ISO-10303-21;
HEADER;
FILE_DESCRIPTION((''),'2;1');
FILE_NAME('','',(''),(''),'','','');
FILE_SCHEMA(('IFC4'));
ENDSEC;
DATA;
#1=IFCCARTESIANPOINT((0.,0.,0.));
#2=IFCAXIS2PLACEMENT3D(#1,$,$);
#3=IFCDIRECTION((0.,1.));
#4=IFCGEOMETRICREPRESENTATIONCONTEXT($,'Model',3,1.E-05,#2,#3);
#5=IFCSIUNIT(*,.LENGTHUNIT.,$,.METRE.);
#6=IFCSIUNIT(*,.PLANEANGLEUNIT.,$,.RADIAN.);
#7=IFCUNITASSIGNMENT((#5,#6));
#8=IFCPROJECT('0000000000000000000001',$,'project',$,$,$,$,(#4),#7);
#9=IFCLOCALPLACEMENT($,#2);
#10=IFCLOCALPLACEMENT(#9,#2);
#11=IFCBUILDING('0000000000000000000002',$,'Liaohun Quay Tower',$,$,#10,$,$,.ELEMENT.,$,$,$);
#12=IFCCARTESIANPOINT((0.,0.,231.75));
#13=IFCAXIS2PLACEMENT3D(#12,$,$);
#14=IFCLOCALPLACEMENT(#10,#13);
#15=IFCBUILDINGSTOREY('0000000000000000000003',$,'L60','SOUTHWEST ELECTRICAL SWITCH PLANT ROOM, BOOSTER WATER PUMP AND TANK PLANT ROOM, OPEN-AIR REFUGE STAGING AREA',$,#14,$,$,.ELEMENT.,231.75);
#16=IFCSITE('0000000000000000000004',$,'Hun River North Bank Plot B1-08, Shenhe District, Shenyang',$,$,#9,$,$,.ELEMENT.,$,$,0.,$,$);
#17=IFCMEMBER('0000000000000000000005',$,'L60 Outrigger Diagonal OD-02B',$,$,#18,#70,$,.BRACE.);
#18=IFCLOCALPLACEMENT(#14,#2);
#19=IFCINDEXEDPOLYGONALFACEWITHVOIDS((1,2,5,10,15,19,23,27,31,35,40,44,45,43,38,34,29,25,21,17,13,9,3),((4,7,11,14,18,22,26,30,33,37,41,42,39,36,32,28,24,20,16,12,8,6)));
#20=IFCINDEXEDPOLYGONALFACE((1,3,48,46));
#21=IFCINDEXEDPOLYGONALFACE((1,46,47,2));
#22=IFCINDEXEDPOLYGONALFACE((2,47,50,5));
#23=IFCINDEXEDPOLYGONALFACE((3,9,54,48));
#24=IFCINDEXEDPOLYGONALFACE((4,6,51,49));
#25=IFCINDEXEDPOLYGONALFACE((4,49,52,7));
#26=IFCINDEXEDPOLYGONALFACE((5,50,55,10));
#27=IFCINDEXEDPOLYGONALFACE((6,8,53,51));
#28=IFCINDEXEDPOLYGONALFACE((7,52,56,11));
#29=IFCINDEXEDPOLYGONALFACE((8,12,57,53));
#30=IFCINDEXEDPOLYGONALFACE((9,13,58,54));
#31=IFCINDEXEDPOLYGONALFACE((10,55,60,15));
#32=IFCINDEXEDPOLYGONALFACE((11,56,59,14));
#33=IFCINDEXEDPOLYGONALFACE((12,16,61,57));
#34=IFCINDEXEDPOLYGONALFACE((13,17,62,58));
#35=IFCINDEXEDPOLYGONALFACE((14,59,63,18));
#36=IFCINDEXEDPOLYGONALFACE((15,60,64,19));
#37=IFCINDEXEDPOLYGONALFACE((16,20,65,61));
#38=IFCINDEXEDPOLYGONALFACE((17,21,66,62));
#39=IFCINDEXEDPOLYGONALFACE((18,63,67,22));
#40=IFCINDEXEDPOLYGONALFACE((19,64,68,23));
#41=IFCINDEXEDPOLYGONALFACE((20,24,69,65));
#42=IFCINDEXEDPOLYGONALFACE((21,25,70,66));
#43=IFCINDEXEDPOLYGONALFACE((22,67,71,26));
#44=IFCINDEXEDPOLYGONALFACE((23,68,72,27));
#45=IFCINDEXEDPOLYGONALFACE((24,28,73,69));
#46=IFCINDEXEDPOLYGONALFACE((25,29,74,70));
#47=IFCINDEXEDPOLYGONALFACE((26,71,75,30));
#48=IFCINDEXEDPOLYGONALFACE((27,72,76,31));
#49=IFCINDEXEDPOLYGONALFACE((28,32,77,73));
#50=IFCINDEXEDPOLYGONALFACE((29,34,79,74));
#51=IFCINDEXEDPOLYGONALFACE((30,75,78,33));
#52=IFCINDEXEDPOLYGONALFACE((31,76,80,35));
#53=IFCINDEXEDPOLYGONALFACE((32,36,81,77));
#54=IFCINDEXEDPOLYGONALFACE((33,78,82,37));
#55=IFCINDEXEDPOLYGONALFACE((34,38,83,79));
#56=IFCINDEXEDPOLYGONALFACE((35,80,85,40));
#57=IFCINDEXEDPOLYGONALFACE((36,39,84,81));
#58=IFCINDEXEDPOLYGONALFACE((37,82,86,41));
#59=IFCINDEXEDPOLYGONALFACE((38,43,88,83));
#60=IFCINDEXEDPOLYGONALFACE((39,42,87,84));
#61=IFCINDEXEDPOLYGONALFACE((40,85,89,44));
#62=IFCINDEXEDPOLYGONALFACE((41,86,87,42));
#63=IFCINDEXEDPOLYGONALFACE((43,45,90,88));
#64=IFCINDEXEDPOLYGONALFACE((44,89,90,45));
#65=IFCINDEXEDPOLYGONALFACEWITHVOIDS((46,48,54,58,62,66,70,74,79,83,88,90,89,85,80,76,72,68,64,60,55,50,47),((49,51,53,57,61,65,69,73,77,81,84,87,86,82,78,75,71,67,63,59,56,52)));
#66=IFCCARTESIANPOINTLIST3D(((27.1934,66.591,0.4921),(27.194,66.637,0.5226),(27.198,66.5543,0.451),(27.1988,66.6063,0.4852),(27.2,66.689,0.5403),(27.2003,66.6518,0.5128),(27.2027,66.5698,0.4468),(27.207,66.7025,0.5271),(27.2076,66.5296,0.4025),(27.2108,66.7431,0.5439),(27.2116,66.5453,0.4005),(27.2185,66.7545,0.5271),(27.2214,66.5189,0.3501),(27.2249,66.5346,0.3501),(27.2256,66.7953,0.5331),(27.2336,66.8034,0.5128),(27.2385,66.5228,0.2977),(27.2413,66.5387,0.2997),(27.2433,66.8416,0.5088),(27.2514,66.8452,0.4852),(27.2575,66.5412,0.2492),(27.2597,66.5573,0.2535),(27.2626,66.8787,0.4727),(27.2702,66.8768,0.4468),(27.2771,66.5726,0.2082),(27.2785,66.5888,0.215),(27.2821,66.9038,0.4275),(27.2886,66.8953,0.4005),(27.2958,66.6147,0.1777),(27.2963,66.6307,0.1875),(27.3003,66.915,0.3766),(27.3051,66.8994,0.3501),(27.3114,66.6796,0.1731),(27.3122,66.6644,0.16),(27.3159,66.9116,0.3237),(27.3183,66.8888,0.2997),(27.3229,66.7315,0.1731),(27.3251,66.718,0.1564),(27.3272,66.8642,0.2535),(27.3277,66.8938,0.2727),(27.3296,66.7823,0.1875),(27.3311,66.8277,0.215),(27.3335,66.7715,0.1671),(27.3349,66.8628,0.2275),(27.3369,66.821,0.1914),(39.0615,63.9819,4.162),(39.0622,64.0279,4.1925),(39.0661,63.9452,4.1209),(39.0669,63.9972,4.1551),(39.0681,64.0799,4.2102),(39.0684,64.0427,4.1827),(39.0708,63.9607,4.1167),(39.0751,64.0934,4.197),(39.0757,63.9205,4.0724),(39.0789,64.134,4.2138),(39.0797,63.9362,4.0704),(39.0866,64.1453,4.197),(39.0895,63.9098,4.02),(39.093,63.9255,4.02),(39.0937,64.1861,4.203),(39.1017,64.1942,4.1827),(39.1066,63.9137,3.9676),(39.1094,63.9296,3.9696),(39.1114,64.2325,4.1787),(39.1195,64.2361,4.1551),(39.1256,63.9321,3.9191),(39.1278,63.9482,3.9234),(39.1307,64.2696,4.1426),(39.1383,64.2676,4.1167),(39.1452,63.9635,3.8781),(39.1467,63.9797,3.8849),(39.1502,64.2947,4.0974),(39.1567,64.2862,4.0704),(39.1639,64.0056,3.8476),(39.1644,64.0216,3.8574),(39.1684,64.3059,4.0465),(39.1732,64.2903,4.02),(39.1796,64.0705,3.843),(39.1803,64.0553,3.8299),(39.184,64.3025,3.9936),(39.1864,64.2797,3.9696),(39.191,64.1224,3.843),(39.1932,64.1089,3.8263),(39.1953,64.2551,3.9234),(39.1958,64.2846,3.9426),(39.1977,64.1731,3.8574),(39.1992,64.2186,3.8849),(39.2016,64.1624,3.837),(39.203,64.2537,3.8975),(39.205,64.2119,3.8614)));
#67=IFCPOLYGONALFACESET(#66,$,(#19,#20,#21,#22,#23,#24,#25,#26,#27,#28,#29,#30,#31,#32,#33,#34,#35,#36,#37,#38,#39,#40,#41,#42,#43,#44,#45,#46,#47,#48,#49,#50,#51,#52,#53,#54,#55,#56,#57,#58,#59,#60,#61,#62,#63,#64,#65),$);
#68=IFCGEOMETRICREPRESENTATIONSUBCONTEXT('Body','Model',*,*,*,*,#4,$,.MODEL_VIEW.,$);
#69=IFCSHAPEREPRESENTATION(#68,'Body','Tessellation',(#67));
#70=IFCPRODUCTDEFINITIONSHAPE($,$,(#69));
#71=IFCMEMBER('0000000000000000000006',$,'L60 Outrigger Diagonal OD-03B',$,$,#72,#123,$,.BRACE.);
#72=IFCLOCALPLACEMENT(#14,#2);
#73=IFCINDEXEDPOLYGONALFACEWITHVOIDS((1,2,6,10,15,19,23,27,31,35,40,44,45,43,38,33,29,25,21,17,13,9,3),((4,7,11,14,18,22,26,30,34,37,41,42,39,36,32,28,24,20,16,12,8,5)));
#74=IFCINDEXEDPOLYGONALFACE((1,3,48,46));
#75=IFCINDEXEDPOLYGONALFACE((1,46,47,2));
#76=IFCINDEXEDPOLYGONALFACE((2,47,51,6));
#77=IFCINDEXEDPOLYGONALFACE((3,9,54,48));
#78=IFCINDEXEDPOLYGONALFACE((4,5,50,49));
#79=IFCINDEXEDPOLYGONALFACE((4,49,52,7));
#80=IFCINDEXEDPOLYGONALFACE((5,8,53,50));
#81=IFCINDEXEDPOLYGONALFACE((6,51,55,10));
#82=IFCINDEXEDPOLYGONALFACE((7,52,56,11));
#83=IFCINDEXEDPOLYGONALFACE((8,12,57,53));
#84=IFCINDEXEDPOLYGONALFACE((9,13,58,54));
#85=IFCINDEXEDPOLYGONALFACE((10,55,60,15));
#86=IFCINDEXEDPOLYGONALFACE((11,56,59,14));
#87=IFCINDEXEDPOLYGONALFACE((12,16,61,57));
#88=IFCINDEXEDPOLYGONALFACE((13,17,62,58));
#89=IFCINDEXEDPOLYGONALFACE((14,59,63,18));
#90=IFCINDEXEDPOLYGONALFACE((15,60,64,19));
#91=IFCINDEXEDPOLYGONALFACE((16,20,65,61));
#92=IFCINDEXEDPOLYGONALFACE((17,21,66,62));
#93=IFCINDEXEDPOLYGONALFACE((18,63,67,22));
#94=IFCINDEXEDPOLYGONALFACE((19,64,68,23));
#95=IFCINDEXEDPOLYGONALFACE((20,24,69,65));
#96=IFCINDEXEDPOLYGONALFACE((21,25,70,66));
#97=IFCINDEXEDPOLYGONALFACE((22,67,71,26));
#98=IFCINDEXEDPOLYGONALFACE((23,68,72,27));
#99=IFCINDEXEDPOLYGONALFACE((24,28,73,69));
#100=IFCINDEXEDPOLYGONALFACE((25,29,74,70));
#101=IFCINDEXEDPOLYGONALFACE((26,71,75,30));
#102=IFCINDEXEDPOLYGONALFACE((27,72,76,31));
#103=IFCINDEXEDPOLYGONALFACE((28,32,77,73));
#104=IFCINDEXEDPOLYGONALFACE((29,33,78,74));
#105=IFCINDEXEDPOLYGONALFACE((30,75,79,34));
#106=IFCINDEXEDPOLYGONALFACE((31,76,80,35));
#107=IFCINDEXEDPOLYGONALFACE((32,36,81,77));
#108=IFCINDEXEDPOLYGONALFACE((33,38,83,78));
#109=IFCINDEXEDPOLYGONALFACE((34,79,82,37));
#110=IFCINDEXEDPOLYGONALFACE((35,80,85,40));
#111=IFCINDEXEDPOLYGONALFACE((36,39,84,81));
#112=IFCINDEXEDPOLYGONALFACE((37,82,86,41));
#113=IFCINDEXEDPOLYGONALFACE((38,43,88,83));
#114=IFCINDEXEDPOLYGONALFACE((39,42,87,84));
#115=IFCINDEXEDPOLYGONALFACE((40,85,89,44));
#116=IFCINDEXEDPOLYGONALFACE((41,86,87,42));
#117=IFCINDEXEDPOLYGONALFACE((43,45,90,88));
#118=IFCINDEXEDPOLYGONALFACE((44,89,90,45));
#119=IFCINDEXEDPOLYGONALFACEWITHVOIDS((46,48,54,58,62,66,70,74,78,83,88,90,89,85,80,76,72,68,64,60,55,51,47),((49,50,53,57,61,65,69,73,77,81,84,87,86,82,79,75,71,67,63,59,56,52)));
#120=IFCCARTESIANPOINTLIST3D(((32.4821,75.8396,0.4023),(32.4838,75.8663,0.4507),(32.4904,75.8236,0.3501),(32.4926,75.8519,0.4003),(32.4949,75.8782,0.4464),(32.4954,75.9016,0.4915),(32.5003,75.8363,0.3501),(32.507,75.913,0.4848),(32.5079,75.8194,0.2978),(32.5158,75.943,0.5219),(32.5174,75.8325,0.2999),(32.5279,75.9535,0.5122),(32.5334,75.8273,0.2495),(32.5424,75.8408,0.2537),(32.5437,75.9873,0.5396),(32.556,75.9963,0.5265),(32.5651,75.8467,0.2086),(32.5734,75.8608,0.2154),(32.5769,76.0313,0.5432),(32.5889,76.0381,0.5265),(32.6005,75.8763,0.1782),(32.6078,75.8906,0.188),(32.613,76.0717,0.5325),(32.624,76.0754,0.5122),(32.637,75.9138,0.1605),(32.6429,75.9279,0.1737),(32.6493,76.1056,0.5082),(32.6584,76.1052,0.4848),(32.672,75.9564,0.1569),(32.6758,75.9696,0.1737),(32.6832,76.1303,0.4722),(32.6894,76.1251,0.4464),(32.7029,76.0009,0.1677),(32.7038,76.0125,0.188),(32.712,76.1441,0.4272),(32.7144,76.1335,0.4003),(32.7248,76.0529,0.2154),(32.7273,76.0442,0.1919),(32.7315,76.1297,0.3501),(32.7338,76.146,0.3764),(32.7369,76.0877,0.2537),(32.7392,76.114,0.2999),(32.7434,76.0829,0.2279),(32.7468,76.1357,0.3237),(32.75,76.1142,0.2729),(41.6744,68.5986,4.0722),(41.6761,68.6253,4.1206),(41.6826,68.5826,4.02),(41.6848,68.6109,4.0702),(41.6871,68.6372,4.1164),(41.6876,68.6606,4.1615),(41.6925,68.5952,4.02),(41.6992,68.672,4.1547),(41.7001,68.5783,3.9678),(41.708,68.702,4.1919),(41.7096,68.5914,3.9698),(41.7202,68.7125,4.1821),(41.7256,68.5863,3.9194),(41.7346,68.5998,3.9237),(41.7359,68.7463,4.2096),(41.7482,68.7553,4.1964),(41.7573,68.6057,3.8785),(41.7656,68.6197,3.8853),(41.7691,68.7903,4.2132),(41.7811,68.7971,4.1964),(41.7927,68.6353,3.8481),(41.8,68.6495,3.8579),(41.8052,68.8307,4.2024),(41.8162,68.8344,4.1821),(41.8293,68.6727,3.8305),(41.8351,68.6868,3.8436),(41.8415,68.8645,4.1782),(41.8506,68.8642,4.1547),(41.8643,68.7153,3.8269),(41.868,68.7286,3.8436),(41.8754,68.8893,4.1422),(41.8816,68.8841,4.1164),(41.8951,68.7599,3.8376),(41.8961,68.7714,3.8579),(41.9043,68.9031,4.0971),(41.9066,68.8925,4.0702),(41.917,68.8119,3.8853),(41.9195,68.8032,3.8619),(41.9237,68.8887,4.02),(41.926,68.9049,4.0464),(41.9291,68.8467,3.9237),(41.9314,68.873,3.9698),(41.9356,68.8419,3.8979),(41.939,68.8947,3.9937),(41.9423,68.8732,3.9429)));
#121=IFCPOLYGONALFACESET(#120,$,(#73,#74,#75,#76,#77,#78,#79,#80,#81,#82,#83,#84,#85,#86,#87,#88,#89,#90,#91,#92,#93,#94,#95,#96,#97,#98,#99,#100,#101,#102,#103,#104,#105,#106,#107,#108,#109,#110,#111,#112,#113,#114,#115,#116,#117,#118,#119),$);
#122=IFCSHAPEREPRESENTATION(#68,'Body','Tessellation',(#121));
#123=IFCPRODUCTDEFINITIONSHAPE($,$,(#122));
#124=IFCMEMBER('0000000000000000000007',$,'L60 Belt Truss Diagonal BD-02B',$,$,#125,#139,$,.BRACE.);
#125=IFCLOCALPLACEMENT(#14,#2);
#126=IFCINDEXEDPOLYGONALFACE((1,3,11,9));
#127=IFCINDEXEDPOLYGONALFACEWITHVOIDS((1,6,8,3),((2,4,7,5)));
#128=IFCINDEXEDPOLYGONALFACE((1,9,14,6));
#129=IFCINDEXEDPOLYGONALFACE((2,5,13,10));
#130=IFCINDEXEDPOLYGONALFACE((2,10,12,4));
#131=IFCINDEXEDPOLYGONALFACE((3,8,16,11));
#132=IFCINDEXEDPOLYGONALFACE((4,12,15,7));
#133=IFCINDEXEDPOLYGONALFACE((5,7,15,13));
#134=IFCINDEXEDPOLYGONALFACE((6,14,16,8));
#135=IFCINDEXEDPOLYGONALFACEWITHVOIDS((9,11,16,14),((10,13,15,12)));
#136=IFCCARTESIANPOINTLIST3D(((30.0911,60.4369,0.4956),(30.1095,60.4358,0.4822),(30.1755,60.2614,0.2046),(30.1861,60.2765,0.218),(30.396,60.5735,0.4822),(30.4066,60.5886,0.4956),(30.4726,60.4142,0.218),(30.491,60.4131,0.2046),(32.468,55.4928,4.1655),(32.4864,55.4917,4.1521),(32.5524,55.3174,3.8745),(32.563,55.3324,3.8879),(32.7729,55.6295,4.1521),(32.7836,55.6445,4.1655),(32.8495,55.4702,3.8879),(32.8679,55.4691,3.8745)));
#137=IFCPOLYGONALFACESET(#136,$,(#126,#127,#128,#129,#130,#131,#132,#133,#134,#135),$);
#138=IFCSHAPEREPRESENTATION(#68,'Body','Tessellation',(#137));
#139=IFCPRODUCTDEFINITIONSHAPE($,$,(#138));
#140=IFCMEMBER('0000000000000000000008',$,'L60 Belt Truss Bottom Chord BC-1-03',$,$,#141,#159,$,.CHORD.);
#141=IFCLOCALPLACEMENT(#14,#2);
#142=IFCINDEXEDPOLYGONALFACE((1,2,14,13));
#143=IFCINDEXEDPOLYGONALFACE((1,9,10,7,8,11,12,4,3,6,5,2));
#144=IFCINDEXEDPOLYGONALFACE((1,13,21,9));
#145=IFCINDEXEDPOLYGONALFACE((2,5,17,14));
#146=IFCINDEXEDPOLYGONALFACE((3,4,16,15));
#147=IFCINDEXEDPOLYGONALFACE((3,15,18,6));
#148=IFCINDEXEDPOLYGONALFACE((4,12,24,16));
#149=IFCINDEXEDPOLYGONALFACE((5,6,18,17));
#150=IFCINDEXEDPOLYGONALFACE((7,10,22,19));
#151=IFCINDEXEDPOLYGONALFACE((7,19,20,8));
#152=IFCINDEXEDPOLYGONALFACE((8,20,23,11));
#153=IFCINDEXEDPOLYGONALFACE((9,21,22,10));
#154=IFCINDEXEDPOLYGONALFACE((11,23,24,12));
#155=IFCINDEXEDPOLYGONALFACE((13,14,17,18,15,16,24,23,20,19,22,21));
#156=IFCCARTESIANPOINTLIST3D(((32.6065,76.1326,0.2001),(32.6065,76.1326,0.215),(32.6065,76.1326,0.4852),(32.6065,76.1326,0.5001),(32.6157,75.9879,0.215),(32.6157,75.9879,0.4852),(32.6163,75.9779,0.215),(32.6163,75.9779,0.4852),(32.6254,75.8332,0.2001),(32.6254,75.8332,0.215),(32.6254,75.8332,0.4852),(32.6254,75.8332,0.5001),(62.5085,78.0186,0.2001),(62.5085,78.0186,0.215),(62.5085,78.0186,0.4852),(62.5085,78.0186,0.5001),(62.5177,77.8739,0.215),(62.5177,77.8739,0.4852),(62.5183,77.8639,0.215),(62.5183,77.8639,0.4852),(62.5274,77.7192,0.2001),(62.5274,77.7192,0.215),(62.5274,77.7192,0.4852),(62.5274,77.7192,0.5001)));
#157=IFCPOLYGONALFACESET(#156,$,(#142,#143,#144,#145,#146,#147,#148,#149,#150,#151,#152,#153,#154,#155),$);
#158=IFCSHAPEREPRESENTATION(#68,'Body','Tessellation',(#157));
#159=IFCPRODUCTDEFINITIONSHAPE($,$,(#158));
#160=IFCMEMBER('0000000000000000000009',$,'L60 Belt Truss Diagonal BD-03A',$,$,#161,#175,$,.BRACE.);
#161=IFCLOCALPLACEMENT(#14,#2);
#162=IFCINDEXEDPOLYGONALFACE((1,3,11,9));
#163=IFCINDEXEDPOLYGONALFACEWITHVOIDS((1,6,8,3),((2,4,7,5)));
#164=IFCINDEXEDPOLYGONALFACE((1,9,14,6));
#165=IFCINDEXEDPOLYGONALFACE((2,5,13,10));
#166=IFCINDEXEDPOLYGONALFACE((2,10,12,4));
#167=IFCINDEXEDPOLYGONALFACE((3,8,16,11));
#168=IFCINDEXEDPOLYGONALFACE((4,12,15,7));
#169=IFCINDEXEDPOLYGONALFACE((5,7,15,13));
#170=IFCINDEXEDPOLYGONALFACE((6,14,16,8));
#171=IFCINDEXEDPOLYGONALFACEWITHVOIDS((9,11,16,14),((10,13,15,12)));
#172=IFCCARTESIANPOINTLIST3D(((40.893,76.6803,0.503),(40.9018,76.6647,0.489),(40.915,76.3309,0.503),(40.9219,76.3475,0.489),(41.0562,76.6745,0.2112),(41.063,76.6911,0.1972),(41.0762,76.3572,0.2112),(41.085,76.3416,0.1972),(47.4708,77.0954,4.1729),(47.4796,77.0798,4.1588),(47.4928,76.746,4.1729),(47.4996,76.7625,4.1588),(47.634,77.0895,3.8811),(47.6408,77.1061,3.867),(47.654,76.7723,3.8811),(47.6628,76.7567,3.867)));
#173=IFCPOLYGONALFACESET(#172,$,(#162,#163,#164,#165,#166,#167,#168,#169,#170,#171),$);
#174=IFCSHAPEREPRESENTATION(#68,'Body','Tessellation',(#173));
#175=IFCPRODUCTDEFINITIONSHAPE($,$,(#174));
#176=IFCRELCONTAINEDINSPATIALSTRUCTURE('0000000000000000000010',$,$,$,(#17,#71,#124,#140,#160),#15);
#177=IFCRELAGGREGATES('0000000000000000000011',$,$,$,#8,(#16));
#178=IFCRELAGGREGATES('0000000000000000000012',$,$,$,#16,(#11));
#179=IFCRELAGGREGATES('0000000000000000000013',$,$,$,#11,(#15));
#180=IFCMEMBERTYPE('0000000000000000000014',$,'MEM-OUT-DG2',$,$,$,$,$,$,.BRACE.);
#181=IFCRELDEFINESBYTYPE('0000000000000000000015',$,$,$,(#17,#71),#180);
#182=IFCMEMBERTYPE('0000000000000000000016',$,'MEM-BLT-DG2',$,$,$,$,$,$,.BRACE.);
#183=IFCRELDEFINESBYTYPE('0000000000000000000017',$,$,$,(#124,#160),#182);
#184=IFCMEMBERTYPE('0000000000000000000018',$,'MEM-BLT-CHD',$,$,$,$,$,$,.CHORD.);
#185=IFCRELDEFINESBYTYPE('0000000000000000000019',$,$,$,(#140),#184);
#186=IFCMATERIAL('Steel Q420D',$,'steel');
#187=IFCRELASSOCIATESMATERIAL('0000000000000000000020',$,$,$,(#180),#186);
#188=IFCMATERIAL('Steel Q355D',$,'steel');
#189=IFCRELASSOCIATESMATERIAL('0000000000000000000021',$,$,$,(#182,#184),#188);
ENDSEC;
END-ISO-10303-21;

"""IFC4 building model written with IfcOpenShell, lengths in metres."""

from ifc_helpers import new_model, si_unit, direction, frame, origin, origin_2d, place, context, subcontext, project, spatial, hollow_rectangle, hollow_circle, i_section, extrude, source, transform, mapped, material, material_profile, profile_set, type_object, element, save


model = new_model("IFC4")

# Units and contexts
model_context = context("Model", 3, precision=1e-05, world=origin(), true_north=direction((0.0, 1.0)))
body_context = subcontext(model_context, "Body", "Model", "MODEL_VIEW")
ifc_project = project(units=[si_unit("LENGTHUNIT", "METRE"), si_unit("PLANEANGLEUNIT", "RADIAN")], contexts=[model_context])

# Site, building, storey
site_placement = place(None, origin())
site = spatial("IfcSite", under=ifc_project, at=site_placement, Name="Hun River North Bank Plot B1-08, Shenhe District, Shenyang", CompositionType="ELEMENT", RefElevation=0.0)
building_placement = place(site_placement, origin())
building = spatial("IfcBuilding", under=site, at=building_placement, Name="Liaohun Quay Tower", CompositionType="ELEMENT")
storey_placement = place(building_placement, frame((0.0, 0.0, 231.75)))
storey = spatial("IfcBuildingStorey", under=building, at=storey_placement, Name="L60", Description="SOUTHWEST ELECTRICAL SWITCH PLANT ROOM, BOOSTER WATER PUMP AND TANK PLANT ROOM, OPEN-AIR REFUGE STAGING AREA", CompositionType="ELEMENT", Elevation=231.75)

# Shared definitions
ifc_material_1 = material(Name="Steel Q355D", Category="steel")

# Members
ifc_material_2 = material(Name="Steel Q420D", Category="steel")
ifc_material_profile_1 = material_profile(ifc_material_2, hollow_circle(Radius=0.2029, WallThickness=0.0161, at=origin_2d()), Name="CHS406x16")
ifc_profile_set_1 = profile_set([ifc_material_profile_1], Name="Steel Q420D")
member_type_1 = type_object("IfcMemberType", Name="MEM-OUT-DG2", PredefinedType="BRACE", material=ifc_profile_set_1)
shared_shape_1 = source(origin(), body_context, "Body", "SweptSolid", [
    extrude(hollow_circle(Radius=0.2029, WallThickness=0.0161, at=origin_2d()), origin(), (0.0, 0.0, 1.0), 12.6936),
])
member_1_placement = place(storey_placement, frame((39.1331, 64.1079, 4.02), z_axis=(-0.934967, 0.205546, -0.289114), x_axis=(-0.214715, -0.976677, 0.0)))
element("IfcMember", 1, at=member_1_placement, inside=storey, type_object=member_type_1, Name="L60 Outrigger Diagonal OD-02B", PredefinedType="BRACE", context=body_context, shape_type="MappedRepresentation", body=[
    mapped(shared_shape_1, transform((0.0, 0.0, 0.0), x_axis=(1.0, 0.0, 0.0), y_axis=(0.0, 1.0, 0.0), z_axis=(0.0, 0.0, 1.0), scale=1.0)),
])
shared_shape_2 = source(origin(), body_context, "Body", "SweptSolid", [
    extrude(hollow_circle(Radius=0.2029, WallThickness=0.0161, at=origin_2d()), origin(), (0.0, 0.0, 1.0), 12.2637),
])
member_2_placement = place(storey_placement, frame((41.8081, 68.7419, 4.02), z_axis=(-0.749548, 0.590445, -0.299254), x_axis=(-0.618802, -0.785547, 0.0)))
element("IfcMember", 2, at=member_2_placement, inside=storey, type_object=member_type_1, Name="L60 Outrigger Diagonal OD-03B", PredefinedType="BRACE", context=body_context, shape_type="MappedRepresentation", body=[
    mapped(shared_shape_2, transform((0.0, 0.0, 0.0), x_axis=(1.0, 0.0, 0.0), y_axis=(0.0, 1.0, 0.0), z_axis=(0.0, 0.0, 1.0), scale=1.0)),
])
ifc_material_profile_2 = material_profile(ifc_material_1, hollow_rectangle(XDim=0.3501, YDim=0.3501, WallThickness=0.0161, at=origin_2d()), Name="SHS350x350x16")
ifc_profile_set_2 = profile_set([ifc_material_profile_2], Name="Steel Q355D")
member_type_2 = type_object("IfcMemberType", Name="MEM-BLT-DG2", PredefinedType="BRACE", material=ifc_profile_set_2)
shared_shape_3 = source(origin(), body_context, "Body", "SweptSolid", [
    extrude(hollow_rectangle(XDim=0.3501, YDim=0.3501, WallThickness=0.0161, at=origin_2d()), origin(), (0.0, 0.0, 1.0), 6.6001),
])
member_3_placement = place(storey_placement, frame((32.668, 55.481, 4.02), z_axis=(-0.360135, 0.749085, -0.556034), x_axis=(-0.901253, -0.433292, 0.0)))
element("IfcMember", 3, at=member_3_placement, inside=storey, type_object=member_type_2, Name="L60 Belt Truss Diagonal BD-02B", PredefinedType="BRACE", context=body_context, shape_type="MappedRepresentation", body=[
    mapped(shared_shape_3, transform((0.0, 0.0, 0.0), x_axis=(1.0, 0.0, 0.0), y_axis=(0.0, 1.0, 0.0), z_axis=(0.0, 0.0, 1.0), scale=1.0)),
])
ifc_material_profile_3 = material_profile(ifc_material_1, i_section(OverallWidth=0.3, OverallDepth=0.3, WebThickness=0.01, FlangeThickness=0.0149, at=origin_2d()), Name="HW300x300x10x15")
ifc_profile_set_3 = profile_set([ifc_material_profile_3], Name="Steel Q355D")
member_type_3 = type_object("IfcMemberType", Name="MEM-BLT-CHD", PredefinedType="CHORD", material=ifc_profile_set_3)
shared_shape_4 = source(origin(), body_context, "Body", "SweptSolid", [
    extrude(i_section(OverallWidth=0.3, OverallDepth=0.3, WebThickness=0.01, FlangeThickness=0.0149, at=origin_2d()), origin(), (0.0, 0.0, 1.0), 29.9614),
])
member_4_placement = place(storey_placement, frame((32.616, 75.9829, 0.3501), z_axis=(0.998017, 0.062947, 0.0), x_axis=(-0.062947, 0.998017, 0.0)))
element("IfcMember", 4, at=member_4_placement, inside=storey, type_object=member_type_3, Name="L60 Belt Truss Bottom Chord BC-1-03", PredefinedType="CHORD", context=body_context, shape_type="MappedRepresentation", body=[
    mapped(shared_shape_4, transform((0.0, 0.0, 0.0), x_axis=(1.0, 0.0, 0.0), y_axis=(0.0, 1.0, 0.0), z_axis=(0.0, 0.0, 1.0), scale=1.0)),
])
shared_shape_5 = source(origin(), body_context, "Body", "SweptSolid", [
    extrude(hollow_rectangle(XDim=0.3501, YDim=0.3501, WallThickness=0.0161, at=origin_2d()), origin(), (0.0, 0.0, 1.0), 7.5437),
])
member_5_placement = place(storey_placement, frame((40.989, 76.511, 0.3501), z_axis=(0.871957, 0.055017, 0.486481), x_axis=(-0.062971, 0.998015, 0.0)))
element("IfcMember", 5, at=member_5_placement, inside=storey, type_object=member_type_2, Name="L60 Belt Truss Diagonal BD-03A", PredefinedType="BRACE", context=body_context, shape_type="MappedRepresentation", body=[
    mapped(shared_shape_5, transform((0.0, 0.0, 0.0), x_axis=(1.0, 0.0, 0.0), y_axis=(0.0, 1.0, 0.0), z_axis=(0.0, 0.0, 1.0), scale=1.0)),
])

save(model, "model.ifc")
